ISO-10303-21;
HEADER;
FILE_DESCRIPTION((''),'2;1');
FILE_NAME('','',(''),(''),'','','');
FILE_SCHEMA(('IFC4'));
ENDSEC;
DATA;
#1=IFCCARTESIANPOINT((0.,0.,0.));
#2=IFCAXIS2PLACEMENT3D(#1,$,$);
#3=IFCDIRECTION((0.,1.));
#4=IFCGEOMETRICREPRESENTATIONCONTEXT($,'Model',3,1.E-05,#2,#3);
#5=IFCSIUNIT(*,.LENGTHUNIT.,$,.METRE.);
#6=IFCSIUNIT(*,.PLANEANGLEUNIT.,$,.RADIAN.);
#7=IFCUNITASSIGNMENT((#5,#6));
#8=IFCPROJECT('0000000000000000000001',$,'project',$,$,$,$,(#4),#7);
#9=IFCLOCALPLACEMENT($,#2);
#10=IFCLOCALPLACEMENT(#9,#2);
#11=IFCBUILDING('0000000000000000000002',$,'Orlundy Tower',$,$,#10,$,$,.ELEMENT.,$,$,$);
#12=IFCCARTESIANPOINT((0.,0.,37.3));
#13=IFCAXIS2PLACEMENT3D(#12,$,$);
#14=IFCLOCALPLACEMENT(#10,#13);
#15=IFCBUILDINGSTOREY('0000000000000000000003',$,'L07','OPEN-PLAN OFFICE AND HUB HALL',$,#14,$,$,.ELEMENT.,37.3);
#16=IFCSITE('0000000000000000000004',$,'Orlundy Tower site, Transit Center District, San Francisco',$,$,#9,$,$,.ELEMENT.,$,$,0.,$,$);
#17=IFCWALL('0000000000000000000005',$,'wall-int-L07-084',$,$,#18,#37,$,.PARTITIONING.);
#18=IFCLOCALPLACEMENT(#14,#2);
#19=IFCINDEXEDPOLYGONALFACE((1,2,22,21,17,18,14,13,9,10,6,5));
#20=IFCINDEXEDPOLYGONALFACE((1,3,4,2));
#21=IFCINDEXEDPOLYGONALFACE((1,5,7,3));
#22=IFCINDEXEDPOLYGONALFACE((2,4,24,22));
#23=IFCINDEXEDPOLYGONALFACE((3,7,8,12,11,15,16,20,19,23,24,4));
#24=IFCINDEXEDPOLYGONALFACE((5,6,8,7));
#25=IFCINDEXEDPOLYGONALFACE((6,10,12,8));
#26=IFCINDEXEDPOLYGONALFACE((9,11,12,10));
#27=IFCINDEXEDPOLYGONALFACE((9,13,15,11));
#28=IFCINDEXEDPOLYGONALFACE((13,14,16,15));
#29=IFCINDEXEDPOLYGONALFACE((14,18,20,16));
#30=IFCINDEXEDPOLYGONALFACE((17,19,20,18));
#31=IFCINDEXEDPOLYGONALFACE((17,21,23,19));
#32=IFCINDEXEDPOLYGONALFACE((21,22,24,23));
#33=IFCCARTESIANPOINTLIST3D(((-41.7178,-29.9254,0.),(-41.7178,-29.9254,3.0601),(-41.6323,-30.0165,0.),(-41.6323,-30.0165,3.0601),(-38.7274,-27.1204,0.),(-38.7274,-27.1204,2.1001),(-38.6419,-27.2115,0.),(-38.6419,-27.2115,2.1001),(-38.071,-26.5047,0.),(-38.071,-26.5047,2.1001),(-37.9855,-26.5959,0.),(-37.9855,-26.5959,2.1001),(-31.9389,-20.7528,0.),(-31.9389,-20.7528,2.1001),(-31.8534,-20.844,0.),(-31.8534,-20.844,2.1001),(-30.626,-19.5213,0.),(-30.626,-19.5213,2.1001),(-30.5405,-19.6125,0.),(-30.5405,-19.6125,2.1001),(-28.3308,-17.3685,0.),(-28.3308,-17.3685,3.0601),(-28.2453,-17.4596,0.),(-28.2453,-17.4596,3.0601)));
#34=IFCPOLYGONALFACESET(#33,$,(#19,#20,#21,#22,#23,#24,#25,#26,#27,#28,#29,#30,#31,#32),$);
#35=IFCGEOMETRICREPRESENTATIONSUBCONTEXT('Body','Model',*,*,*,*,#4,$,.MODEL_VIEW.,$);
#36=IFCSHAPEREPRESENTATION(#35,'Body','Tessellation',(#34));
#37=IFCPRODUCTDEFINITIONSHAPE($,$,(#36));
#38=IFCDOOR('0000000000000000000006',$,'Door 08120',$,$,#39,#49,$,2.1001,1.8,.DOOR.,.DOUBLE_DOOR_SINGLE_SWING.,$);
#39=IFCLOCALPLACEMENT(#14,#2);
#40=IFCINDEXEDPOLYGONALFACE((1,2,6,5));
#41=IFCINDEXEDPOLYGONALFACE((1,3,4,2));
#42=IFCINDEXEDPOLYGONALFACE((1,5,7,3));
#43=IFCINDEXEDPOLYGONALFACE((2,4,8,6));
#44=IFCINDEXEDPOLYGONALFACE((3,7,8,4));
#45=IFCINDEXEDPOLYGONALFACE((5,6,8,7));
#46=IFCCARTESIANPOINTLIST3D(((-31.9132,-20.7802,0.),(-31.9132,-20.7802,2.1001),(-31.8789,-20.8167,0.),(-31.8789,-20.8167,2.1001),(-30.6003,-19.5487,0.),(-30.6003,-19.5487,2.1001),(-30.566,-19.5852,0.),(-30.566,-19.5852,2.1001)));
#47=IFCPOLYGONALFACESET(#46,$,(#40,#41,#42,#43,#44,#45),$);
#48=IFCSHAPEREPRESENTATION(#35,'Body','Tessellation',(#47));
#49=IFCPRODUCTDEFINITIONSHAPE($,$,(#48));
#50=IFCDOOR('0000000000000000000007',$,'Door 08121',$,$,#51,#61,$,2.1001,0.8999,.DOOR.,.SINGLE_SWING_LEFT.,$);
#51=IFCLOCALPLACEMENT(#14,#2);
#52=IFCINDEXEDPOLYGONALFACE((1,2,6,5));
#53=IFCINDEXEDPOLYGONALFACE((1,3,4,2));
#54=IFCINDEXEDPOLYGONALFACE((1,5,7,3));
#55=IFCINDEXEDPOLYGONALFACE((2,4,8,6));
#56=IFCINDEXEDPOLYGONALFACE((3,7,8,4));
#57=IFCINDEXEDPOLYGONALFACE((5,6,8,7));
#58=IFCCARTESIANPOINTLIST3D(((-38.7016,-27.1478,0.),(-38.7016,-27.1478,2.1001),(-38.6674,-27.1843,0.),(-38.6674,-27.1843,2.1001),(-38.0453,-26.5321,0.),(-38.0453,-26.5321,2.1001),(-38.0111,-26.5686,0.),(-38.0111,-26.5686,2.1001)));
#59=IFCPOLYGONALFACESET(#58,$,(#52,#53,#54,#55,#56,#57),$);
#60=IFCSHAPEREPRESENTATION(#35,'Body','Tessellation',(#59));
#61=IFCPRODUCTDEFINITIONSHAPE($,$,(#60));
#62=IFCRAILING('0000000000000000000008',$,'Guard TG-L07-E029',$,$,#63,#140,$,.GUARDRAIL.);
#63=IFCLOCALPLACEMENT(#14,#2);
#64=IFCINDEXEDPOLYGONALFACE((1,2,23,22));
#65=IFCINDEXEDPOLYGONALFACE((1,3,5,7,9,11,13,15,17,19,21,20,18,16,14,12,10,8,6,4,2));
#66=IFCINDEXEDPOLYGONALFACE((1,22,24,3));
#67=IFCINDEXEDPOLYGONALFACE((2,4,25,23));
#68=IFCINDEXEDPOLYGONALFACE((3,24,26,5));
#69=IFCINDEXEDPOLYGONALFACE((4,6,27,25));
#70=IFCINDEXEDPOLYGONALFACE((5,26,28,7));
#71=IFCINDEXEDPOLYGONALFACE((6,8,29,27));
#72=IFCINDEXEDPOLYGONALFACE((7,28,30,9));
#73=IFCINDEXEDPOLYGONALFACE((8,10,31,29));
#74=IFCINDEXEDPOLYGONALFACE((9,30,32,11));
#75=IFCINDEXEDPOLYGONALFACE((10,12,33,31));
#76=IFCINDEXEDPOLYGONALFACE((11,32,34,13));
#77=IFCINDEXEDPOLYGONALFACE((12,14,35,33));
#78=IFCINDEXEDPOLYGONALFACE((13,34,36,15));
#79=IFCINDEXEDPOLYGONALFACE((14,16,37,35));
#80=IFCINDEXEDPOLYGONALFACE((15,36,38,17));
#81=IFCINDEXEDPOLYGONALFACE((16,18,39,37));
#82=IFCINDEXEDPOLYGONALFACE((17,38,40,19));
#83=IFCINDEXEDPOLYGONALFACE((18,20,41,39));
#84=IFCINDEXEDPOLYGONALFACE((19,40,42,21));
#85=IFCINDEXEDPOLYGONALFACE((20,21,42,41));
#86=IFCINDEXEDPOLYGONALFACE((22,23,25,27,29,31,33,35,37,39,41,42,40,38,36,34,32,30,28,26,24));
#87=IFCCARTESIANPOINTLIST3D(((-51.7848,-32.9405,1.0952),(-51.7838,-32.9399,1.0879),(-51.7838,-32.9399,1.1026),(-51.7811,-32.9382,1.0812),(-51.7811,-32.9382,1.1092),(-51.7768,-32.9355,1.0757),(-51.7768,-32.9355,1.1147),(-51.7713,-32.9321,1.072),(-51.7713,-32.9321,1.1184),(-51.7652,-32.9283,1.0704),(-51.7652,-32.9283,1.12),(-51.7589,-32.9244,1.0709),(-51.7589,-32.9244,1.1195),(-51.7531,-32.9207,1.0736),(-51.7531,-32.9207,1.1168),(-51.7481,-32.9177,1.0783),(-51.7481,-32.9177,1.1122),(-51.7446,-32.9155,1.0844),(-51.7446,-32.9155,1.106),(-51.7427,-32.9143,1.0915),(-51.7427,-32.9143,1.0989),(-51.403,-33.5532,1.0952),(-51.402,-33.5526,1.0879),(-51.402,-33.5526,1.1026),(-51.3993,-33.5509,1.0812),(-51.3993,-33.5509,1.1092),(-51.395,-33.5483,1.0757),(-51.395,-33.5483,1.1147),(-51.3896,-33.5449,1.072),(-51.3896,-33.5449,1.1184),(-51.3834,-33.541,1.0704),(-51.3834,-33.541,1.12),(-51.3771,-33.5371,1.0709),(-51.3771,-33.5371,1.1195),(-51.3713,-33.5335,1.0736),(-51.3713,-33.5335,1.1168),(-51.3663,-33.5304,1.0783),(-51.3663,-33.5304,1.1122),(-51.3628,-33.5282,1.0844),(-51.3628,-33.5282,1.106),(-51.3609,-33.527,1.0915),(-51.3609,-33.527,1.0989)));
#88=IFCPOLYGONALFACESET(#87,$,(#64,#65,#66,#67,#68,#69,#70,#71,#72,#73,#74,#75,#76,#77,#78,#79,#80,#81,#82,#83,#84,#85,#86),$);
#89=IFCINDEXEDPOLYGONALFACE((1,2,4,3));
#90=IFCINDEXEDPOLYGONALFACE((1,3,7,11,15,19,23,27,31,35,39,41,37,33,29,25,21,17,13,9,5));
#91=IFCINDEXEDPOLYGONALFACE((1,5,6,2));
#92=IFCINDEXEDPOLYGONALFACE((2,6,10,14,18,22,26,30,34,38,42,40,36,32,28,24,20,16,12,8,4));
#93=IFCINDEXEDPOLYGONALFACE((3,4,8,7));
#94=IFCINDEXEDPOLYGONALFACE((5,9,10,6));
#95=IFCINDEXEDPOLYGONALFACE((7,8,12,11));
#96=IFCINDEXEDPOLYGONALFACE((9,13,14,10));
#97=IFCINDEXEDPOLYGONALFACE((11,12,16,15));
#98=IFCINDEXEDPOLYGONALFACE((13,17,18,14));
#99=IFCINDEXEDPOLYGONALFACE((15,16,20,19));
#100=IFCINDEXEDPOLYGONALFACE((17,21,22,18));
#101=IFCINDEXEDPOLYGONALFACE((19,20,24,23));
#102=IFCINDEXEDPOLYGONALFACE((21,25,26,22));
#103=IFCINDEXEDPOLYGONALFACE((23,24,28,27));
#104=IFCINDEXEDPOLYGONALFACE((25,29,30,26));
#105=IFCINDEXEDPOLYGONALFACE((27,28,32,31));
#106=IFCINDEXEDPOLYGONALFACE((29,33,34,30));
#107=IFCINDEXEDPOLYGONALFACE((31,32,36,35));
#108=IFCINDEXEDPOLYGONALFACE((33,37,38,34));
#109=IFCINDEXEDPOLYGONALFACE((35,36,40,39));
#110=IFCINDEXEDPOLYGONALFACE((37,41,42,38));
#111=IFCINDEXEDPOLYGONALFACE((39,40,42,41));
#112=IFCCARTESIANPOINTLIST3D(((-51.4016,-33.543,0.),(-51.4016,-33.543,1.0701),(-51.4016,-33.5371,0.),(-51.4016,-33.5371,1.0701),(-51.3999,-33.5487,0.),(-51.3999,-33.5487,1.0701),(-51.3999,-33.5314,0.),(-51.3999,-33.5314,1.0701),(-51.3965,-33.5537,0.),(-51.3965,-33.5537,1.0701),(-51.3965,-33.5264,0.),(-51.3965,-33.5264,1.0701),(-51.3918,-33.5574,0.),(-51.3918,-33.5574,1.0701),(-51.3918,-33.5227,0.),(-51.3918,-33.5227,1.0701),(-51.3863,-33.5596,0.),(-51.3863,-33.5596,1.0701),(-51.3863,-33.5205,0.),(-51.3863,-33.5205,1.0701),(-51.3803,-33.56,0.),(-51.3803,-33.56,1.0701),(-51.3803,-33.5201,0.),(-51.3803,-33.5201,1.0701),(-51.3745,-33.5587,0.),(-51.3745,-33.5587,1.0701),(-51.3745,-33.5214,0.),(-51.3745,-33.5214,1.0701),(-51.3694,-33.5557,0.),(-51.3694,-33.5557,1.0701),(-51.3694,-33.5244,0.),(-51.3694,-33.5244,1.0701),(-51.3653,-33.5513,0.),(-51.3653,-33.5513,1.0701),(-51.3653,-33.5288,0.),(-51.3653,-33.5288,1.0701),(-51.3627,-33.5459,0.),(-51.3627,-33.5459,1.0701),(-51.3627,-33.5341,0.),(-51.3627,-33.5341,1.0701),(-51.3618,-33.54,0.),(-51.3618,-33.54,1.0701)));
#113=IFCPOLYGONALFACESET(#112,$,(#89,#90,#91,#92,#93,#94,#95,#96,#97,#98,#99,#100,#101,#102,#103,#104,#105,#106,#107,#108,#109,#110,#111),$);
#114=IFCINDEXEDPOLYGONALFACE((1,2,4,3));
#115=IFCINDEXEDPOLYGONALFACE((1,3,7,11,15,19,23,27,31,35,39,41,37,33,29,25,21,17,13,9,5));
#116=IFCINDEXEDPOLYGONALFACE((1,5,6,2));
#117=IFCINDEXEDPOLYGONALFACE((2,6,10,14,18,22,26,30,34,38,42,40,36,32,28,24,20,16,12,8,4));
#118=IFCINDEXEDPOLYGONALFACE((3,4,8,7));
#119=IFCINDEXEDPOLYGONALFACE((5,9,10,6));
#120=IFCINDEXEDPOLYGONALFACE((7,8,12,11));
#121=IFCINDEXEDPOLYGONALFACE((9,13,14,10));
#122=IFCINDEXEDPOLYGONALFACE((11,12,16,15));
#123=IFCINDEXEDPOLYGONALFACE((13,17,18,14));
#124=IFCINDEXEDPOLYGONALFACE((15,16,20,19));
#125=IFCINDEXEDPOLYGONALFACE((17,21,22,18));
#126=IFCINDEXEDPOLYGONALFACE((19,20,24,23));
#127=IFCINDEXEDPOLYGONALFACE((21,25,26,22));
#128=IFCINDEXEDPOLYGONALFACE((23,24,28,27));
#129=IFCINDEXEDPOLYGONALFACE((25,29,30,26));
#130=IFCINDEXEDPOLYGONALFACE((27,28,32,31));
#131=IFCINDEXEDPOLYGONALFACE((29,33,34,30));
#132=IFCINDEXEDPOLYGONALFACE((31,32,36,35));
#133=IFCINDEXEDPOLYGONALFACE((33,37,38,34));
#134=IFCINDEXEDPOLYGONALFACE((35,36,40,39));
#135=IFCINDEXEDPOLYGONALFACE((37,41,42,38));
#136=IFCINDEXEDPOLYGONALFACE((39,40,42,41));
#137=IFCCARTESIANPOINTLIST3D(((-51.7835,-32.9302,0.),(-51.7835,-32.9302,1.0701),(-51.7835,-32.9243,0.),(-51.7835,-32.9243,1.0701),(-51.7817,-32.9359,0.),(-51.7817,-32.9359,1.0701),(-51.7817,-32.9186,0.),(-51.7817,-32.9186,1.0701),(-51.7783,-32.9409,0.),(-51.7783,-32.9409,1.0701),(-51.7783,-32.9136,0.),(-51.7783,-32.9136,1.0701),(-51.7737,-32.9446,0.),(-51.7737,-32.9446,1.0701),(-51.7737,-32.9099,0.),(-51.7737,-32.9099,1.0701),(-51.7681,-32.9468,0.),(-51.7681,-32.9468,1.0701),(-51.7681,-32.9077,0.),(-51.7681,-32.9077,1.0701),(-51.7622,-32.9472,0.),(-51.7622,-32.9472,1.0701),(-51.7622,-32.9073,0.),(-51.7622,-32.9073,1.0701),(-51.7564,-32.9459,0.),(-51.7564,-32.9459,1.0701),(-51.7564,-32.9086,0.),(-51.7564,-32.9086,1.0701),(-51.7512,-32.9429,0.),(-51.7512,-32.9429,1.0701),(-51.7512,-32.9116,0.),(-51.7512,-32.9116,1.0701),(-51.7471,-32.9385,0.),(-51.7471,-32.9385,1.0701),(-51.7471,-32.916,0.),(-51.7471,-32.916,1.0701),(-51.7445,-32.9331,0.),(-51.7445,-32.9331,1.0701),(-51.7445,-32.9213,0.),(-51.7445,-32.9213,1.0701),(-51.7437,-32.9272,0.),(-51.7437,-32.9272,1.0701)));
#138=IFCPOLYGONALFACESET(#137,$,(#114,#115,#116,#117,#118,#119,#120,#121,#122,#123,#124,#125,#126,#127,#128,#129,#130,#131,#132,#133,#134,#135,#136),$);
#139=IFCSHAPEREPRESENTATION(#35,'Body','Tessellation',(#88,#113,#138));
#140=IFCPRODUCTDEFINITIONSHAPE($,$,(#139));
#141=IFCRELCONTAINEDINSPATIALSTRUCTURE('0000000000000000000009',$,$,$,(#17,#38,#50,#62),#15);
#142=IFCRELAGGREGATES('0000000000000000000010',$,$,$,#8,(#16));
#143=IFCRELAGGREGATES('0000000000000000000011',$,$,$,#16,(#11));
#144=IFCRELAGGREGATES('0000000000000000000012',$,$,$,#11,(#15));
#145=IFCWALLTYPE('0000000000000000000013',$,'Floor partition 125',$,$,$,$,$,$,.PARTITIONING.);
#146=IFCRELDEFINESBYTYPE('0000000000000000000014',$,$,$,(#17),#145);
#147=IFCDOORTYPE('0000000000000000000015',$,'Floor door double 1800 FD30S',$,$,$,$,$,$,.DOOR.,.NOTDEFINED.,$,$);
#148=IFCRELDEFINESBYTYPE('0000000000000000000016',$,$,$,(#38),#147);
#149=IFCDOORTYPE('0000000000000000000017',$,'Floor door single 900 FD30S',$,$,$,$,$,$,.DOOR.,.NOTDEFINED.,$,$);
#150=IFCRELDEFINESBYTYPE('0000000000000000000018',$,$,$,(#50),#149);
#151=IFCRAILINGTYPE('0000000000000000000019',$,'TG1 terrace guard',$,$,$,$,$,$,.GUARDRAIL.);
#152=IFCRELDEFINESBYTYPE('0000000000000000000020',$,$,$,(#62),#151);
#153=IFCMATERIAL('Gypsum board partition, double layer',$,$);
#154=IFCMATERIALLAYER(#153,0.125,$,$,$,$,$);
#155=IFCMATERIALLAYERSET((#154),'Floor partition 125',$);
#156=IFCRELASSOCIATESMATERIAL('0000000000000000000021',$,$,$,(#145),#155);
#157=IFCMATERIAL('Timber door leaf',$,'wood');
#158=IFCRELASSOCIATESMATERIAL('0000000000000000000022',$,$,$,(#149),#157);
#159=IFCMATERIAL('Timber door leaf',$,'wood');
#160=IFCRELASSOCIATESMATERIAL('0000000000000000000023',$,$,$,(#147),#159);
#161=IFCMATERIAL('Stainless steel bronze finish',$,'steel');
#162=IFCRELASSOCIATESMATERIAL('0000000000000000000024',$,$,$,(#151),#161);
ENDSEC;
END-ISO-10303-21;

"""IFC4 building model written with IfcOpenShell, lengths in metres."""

from ifc_helpers import new_model, si_unit, direction, frame, frame_2d, origin, origin_2d, place, context, subcontext, project, spatial, rectangle, circle, extrude, material, layer, layer_set, type_object, element, fill, save


model = new_model("IFC4")

# Units and contexts
model_context = context("Model", 3, precision=1e-05, world=origin(), true_north=direction((0.0, 1.0)))
body_context = subcontext(model_context, "Body", "Model", "MODEL_VIEW")
ifc_project = project(units=[si_unit("LENGTHUNIT", "METRE"), si_unit("PLANEANGLEUNIT", "RADIAN")], contexts=[model_context])

# Site, building, storey
site_placement = place(None, origin())
site = spatial("IfcSite", under=ifc_project, at=site_placement, Name="Orlundy Tower site, Transit Center District, San Francisco", CompositionType="ELEMENT", RefElevation=0.0)
building_placement = place(site_placement, origin())
building = spatial("IfcBuilding", under=site, at=building_placement, Name="Orlundy Tower", CompositionType="ELEMENT")
storey_placement = place(building_placement, frame((0.0, 0.0, 37.3)))
storey = spatial("IfcBuildingStorey", under=building, at=storey_placement, Name="L07", Description="OPEN-PLAN OFFICE AND HUB HALL", CompositionType="ELEMENT", Elevation=37.3)

# Shared definitions
ifc_material_1 = material(Name="Gypsum board partition, double layer")
ifc_layer_1 = layer(ifc_material_1, 0.125)
ifc_layer_set_1 = layer_set([ifc_layer_1], Name="Floor partition 125")
wall_type_1 = type_object("IfcWallType", Name="Floor partition 125", PredefinedType="PARTITIONING", material=ifc_layer_set_1)

# Shared definitions
ifc_material_2 = material(Name="Timber door leaf", Category="wood")
door_type_1 = type_object("IfcDoorType", Name="Floor door single 900 FD30S", OperationType="NOTDEFINED", PredefinedType="DOOR", material=ifc_material_2)

# Wall, openings, doors
wall_1_placement = place(storey_placement, frame((-41.675, -29.9709, 0.0), z_axis=(0.0, 0.0, 1.0), x_axis=(0.729358, 0.684133, 0.0)))
wall_1 = element("IfcWall", 1, at=wall_1_placement, inside=storey, type_object=wall_type_1, Name="wall-int-L07-084", PredefinedType="PARTITIONING", context=body_context, shape_type="SweptSolid", body=[
    extrude(rectangle(XDim=18.3545, YDim=0.125, at=frame_2d((9.1772, 0.0))), origin(), (0.0, 0.0, 1.0), 3.0601),
])
opening_1_placement = place(wall_1_placement, frame((13.4077, 0.0, 0.0)))
opening_1 = element("IfcOpeningElement", 2, at=opening_1_placement, cuts=wall_1, PredefinedType="OPENING", context=body_context, shape_type="SweptSolid", body=[
    extrude(rectangle(XDim=1.8, YDim=2.1001, at=frame_2d((0.8999, 1.05))), frame((0.0, 0.0725, 0.0), z_axis=(0.0, -1.0, 0.0), x_axis=(1.0, 0.0, 0.0)), (0.0, 0.0, 1.0), 0.145),
])
opening_2_placement = place(wall_1_placement, frame((4.1001, 0.0, 0.0)))
opening_2 = element("IfcOpeningElement", 3, at=opening_2_placement, cuts=wall_1, PredefinedType="OPENING", context=body_context, shape_type="SweptSolid", body=[
    extrude(rectangle(XDim=0.8999, YDim=2.1001, at=frame_2d((0.45, 1.05))), frame((0.0, 0.0725, 0.0), z_axis=(0.0, -1.0, 0.0), x_axis=(1.0, 0.0, 0.0)), (0.0, 0.0, 1.0), 0.145),
])
ifc_material_3 = material(Name="Timber door leaf", Category="wood")
door_type_2 = type_object("IfcDoorType", Name="Floor door double 1800 FD30S", OperationType="NOTDEFINED", PredefinedType="DOOR", material=ifc_material_3)
door_1_placement = place(opening_1_placement, origin())
door_1 = element("IfcDoor", 4, at=door_1_placement, inside=storey, type_object=door_type_2, Name="Door 08120", OperationType="DOUBLE_DOOR_SINGLE_SWING", OverallHeight=2.1001, OverallWidth=1.8, PredefinedType="DOOR", context=body_context, shape_type="SweptSolid", body=[
    extrude(rectangle(XDim=1.8, YDim=2.1001, at=frame_2d((0.8999, 1.05))), frame((0.0, 0.0249, 0.0), z_axis=(0.0, -1.0, 0.0), x_axis=(1.0, 0.0, 0.0)), (0.0, 0.0, 1.0), 0.05),
])
fill(opening_1, door_1)
door_2_placement = place(opening_2_placement, origin())
door_2 = element("IfcDoor", 5, at=door_2_placement, inside=storey, type_object=door_type_1, Name="Door 08121", OperationType="SINGLE_SWING_LEFT", OverallHeight=2.1001, OverallWidth=0.8999, PredefinedType="DOOR", context=body_context, shape_type="SweptSolid", body=[
    extrude(rectangle(XDim=0.8999, YDim=2.1001, at=frame_2d((0.45, 1.05))), frame((0.0, 0.0249, 0.0), z_axis=(0.0, -1.0, 0.0), x_axis=(1.0, 0.0, 0.0)), (0.0, 0.0, 1.0), 0.05),
])
fill(opening_2, door_2)

# Railing
ifc_material_4 = material(Name="Stainless steel bronze finish", Category="steel")
railing_type = type_object("IfcRailingType", Name="TG1 terrace guard", PredefinedType="GUARDRAIL", material=ifc_material_4)
railing_1_placement = place(storey_placement, frame((-51.3818, -33.54, 0.0)))
element("IfcRailing", 6, at=railing_1_placement, inside=storey, type_object=railing_type, Name="Guard TG-L07-E029", PredefinedType="GUARDRAIL", context=body_context, shape_type="SweptSolid", body=[
    extrude(circle(Radius=0.0249, at=origin_2d()), frame((0.0, 0.0, 1.0952), z_axis=(-0.528843, 0.848719, 0.0), x_axis=(-0.848719, -0.528843, 0.0)), (0.0, 0.0, 1.0), 0.7219),
    extrude(circle(Radius=0.02, at=origin_2d()), origin(), (0.0, 0.0, 1.0), 1.0701),
    extrude(circle(Radius=0.02, at=origin_2d()), frame((-0.3818, 0.6128, 0.0)), (0.0, 0.0, 1.0), 1.0701),
])

save(model, "model.ifc")
